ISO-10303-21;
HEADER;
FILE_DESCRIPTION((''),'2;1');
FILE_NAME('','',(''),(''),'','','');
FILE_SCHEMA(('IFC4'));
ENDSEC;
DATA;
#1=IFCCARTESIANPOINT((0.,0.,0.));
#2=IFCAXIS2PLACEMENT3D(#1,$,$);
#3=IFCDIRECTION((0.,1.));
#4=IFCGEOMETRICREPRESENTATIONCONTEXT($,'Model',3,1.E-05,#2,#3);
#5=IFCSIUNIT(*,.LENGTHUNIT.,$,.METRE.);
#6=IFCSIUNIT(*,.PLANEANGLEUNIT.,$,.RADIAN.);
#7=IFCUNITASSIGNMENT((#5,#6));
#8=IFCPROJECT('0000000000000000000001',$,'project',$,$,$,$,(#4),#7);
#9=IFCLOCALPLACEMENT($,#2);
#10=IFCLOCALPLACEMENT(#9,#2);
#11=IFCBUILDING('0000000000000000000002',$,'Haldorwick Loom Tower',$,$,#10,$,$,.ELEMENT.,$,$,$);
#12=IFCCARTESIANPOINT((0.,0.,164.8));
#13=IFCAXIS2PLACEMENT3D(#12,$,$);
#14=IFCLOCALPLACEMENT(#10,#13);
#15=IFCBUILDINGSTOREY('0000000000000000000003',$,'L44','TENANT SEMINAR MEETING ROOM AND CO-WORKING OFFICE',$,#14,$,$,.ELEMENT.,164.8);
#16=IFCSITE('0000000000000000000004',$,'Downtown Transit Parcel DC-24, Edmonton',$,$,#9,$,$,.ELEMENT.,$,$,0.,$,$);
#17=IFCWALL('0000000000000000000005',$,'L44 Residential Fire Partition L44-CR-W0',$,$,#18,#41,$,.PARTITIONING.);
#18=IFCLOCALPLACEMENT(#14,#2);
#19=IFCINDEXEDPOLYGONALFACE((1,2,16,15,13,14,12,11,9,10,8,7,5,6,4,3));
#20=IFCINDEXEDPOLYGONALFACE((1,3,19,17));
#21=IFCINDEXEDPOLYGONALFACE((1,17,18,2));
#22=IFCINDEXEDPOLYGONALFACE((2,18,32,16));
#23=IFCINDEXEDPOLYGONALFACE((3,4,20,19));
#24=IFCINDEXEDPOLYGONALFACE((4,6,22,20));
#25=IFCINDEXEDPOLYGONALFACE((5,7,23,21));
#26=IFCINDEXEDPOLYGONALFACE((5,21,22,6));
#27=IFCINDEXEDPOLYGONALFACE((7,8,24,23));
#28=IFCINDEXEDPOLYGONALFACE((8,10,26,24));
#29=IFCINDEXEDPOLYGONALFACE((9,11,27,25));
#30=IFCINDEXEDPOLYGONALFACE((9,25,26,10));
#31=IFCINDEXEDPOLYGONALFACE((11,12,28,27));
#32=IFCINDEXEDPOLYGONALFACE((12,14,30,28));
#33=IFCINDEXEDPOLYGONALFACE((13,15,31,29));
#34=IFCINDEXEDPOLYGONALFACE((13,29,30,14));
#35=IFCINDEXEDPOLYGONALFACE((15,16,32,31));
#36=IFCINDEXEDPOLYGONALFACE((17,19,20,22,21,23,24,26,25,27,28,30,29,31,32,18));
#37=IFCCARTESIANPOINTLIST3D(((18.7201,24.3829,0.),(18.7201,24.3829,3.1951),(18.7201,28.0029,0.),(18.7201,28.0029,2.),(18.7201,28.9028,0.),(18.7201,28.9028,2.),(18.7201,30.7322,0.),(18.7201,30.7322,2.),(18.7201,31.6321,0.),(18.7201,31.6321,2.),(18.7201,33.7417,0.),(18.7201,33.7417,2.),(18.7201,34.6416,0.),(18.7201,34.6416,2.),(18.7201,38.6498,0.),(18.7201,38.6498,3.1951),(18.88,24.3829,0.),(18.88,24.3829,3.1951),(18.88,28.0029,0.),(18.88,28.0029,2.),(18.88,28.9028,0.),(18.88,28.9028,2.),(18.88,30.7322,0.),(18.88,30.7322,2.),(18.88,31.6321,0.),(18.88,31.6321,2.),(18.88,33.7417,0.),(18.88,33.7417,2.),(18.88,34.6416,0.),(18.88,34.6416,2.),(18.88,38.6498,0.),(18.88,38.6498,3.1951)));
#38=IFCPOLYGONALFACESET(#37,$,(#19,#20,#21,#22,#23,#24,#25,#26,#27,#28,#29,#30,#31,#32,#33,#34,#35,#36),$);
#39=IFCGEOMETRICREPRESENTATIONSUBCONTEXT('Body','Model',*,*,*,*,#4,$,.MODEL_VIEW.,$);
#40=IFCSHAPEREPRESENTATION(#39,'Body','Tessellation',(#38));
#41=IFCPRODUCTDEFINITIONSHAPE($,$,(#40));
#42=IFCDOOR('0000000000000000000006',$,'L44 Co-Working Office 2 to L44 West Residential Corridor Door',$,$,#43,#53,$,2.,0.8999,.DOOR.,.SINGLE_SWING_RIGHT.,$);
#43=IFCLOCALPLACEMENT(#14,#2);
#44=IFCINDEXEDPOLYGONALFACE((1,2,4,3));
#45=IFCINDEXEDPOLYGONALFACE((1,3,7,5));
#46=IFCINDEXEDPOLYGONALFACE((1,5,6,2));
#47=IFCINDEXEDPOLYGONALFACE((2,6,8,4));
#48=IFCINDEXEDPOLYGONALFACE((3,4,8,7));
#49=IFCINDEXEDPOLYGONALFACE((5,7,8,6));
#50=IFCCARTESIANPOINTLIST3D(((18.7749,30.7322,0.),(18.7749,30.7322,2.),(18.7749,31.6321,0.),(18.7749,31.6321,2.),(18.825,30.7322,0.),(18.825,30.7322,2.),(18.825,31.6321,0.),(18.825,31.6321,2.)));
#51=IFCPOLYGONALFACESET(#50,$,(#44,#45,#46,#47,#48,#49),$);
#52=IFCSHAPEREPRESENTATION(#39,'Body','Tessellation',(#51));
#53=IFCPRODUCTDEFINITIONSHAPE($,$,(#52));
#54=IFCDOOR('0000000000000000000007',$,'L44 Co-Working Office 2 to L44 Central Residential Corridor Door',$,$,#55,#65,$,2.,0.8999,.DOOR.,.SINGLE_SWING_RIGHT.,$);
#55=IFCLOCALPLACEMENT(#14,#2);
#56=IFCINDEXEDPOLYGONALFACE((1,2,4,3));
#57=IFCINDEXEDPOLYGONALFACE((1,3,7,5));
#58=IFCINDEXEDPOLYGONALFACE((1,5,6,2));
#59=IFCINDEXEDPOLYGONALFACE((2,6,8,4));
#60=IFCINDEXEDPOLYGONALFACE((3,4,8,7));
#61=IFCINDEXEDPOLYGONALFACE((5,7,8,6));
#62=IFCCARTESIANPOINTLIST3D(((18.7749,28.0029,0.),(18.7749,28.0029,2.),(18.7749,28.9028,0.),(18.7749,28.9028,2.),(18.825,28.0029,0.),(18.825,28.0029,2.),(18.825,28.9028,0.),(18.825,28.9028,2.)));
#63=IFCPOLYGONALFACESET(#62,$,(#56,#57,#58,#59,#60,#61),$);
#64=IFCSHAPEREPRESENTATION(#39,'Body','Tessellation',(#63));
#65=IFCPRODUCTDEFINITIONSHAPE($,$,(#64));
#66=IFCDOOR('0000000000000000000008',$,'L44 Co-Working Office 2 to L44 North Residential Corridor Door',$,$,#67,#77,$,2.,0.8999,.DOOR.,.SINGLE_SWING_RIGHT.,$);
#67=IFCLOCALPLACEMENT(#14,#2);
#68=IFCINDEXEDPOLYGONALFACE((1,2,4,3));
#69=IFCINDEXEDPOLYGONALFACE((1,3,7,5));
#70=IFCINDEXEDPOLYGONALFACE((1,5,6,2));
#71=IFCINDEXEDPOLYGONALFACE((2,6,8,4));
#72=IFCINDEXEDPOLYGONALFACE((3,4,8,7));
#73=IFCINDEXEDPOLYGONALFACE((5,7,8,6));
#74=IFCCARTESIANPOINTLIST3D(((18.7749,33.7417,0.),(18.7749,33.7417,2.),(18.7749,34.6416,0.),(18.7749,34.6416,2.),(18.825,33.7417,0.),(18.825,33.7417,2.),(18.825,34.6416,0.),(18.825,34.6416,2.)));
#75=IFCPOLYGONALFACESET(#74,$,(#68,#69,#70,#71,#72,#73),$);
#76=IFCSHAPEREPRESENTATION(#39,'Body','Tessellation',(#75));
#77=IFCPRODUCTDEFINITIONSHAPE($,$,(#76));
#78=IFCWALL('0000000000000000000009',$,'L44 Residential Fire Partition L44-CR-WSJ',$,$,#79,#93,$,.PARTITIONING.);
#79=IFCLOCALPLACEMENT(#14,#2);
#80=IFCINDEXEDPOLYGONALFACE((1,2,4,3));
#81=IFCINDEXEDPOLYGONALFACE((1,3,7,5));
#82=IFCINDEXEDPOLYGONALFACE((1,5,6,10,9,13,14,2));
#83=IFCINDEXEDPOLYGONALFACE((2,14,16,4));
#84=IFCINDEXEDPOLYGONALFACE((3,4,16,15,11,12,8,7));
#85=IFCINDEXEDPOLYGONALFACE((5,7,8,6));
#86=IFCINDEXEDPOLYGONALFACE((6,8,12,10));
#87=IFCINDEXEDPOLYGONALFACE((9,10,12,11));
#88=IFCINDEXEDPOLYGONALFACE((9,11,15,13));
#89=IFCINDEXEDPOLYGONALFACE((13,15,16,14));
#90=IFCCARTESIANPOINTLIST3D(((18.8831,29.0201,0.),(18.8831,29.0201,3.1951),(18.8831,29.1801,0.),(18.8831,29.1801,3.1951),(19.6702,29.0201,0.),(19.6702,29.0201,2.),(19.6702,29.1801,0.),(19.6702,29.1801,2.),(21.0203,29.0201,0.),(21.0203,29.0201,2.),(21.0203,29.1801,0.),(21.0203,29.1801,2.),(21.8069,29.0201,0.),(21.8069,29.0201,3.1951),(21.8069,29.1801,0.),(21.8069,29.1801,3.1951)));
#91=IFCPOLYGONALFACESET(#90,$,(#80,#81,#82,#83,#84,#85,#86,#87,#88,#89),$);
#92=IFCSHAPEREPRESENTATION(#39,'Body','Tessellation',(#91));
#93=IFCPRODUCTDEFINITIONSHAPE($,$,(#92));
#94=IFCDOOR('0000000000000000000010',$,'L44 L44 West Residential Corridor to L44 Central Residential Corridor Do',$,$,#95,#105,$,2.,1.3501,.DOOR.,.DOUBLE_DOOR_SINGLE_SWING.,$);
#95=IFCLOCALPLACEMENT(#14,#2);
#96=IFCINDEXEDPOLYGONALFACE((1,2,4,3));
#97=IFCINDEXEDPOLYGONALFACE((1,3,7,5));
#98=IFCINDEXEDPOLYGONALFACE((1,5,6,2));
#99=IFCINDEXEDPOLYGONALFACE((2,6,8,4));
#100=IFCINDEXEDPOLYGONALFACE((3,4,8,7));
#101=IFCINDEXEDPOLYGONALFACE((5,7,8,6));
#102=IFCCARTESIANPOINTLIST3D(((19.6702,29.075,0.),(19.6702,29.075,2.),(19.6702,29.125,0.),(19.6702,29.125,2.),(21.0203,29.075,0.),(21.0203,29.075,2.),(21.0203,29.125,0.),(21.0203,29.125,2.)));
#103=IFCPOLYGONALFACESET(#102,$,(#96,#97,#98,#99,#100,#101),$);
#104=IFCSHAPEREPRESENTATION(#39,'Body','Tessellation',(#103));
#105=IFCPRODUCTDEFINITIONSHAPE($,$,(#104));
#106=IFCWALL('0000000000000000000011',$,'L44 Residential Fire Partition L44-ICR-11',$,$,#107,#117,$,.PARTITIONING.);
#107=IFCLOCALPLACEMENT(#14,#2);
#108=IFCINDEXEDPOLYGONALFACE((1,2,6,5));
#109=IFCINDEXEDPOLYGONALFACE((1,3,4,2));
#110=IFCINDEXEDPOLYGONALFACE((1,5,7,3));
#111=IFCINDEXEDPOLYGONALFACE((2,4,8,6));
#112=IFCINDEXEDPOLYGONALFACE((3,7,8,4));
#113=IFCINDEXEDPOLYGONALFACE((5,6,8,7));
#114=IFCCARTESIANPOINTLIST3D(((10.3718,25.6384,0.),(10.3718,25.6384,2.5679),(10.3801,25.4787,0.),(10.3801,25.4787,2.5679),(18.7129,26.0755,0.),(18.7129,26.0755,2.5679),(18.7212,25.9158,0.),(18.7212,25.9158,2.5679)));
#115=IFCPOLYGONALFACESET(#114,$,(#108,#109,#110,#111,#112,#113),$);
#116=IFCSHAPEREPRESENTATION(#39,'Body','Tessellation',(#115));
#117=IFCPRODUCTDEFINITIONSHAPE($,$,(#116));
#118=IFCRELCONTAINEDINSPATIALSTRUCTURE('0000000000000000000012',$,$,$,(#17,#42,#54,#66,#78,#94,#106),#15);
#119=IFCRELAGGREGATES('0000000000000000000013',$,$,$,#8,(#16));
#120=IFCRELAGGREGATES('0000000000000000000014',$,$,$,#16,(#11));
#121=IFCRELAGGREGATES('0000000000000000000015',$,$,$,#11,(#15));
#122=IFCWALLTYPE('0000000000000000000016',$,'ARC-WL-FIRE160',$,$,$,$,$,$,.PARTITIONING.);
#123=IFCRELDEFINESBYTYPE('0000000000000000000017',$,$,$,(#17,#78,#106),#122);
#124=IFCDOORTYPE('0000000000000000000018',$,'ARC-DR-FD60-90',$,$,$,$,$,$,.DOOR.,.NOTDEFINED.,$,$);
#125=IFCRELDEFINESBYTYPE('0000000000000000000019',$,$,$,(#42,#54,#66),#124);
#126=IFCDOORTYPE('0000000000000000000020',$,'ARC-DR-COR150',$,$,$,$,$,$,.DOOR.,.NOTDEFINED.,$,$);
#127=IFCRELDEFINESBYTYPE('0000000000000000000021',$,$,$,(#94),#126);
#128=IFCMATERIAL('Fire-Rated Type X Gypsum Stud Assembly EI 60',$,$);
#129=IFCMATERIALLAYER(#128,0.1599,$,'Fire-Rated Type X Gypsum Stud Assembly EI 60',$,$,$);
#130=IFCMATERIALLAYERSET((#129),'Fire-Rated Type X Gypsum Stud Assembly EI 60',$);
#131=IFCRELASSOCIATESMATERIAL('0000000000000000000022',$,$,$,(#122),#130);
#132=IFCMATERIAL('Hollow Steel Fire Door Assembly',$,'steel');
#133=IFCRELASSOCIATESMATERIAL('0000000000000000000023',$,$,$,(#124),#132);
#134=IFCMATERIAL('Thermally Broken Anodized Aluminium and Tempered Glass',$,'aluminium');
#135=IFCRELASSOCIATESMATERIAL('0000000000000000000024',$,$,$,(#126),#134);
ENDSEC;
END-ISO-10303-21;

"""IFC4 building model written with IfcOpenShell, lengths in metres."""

from ifc_helpers import new_model, si_unit, direction, frame, frame_2d, origin, place, context, subcontext, project, spatial, rectangle, extrude, material, layer, layer_set, type_object, element, fill, save


model = new_model("IFC4")

# Units and contexts
model_context = context("Model", 3, precision=1e-05, world=origin(), true_north=direction((0.0, 1.0)))
body_context = subcontext(model_context, "Body", "Model", "MODEL_VIEW")
ifc_project = project(units=[si_unit("LENGTHUNIT", "METRE"), si_unit("PLANEANGLEUNIT", "RADIAN")], contexts=[model_context])

# Site, building, storey
site_placement = place(None, origin())
site = spatial("IfcSite", under=ifc_project, at=site_placement, Name="Downtown Transit Parcel DC-24, Edmonton", CompositionType="ELEMENT", RefElevation=0.0)
building_placement = place(site_placement, origin())
building = spatial("IfcBuilding", under=site, at=building_placement, Name="Haldorwick Loom Tower", CompositionType="ELEMENT")
storey_placement = place(building_placement, frame((0.0, 0.0, 164.8)))
storey = spatial("IfcBuildingStorey", under=building, at=storey_placement, Name="L44", Description="TENANT SEMINAR MEETING ROOM AND CO-WORKING OFFICE", CompositionType="ELEMENT", Elevation=164.8)

# Wall, openings, doors
ifc_material_1 = material(Name="Fire-Rated Type X Gypsum Stud Assembly EI 60")
ifc_layer_1 = layer(ifc_material_1, 0.1599, Name="Fire-Rated Type X Gypsum Stud Assembly EI 60")
ifc_layer_set_1 = layer_set([ifc_layer_1], Name="Fire-Rated Type X Gypsum Stud Assembly EI 60")
wall_type_1 = type_object("IfcWallType", Name="ARC-WL-FIRE160", PredefinedType="PARTITIONING", material=ifc_layer_set_1)
ifc_material_2 = material(Name="Hollow Steel Fire Door Assembly", Category="steel")
door_type_1 = type_object("IfcDoorType", Name="ARC-DR-FD60-90", OperationType="NOTDEFINED", PredefinedType="DOOR", material=ifc_material_2)
wall_1_placement = place(storey_placement, frame((18.8, 24.3831, 0.0), z_axis=(0.0, 0.0, 1.0), x_axis=(0.0, 1.0, 0.0)))
wall_1 = element("IfcWall", 1, at=wall_1_placement, inside=storey, type_object=wall_type_1, Name="L44 Residential Fire Partition L44-CR-W0", PredefinedType="PARTITIONING", context=body_context, shape_type="SweptSolid", body=[
    extrude(rectangle(XDim=14.2668, YDim=0.1599, at=frame_2d((7.1333, 0.0))), origin(), (0.0, 0.0, 1.0), 3.1951),
])
opening_1_placement = place(wall_1_placement, frame((6.3491, 0.0, 0.0)))
opening_1 = element("IfcOpeningElement", 2, at=opening_1_placement, cuts=wall_1, PredefinedType="OPENING", context=body_context, shape_type="SweptSolid", body=[
    extrude(rectangle(XDim=0.8999, YDim=2.0, at=frame_2d((0.45, 1.0))), frame((0.0, 0.0898, 0.0), z_axis=(0.0, -1.0, 0.0), x_axis=(1.0, 0.0, 0.0)), (0.0, 0.0, 1.0), 0.1799),
])
opening_2_placement = place(wall_1_placement, frame((3.6199, 0.0, 0.0)))
opening_2 = element("IfcOpeningElement", 3, at=opening_2_placement, cuts=wall_1, PredefinedType="OPENING", context=body_context, shape_type="SweptSolid", body=[
    extrude(rectangle(XDim=0.8999, YDim=2.0, at=frame_2d((0.45, 1.0))), frame((0.0, 0.0898, 0.0), z_axis=(0.0, -1.0, 0.0), x_axis=(1.0, 0.0, 0.0)), (0.0, 0.0, 1.0), 0.1799),
])
opening_3_placement = place(wall_1_placement, frame((9.3586, 0.0, 0.0)))
opening_3 = element("IfcOpeningElement", 4, at=opening_3_placement, cuts=wall_1, PredefinedType="OPENING", context=body_context, shape_type="SweptSolid", body=[
    extrude(rectangle(XDim=0.8999, YDim=2.0, at=frame_2d((0.45, 1.0))), frame((0.0, 0.0898, 0.0), z_axis=(0.0, -1.0, 0.0), x_axis=(1.0, 0.0, 0.0)), (0.0, 0.0, 1.0), 0.1799),
])
door_1_placement = place(opening_1_placement, frame((0.8999, 0.0, 0.0), z_axis=(0.0, 0.0, 1.0), x_axis=(-1.0, 0.0, 0.0)))
door_1 = element("IfcDoor", 5, at=door_1_placement, inside=storey, type_object=door_type_1, Name="L44 Co-Working Office 2 to L44 West Residential Corridor Door", OperationType="SINGLE_SWING_RIGHT", OverallHeight=2.0, OverallWidth=0.8999, PredefinedType="DOOR", context=body_context, shape_type="SweptSolid", body=[
    extrude(rectangle(XDim=0.8999, YDim=2.0, at=frame_2d((0.45, 1.0))), frame((0.0, 0.0249, 0.0), z_axis=(0.0, -1.0, 0.0), x_axis=(1.0, 0.0, 0.0)), (0.0, 0.0, 1.0), 0.05),
])
fill(opening_1, door_1)
door_2_placement = place(opening_2_placement, frame((0.8999, 0.0, 0.0), z_axis=(0.0, 0.0, 1.0), x_axis=(-1.0, 0.0, 0.0)))
door_2 = element("IfcDoor", 6, at=door_2_placement, inside=storey, type_object=door_type_1, Name="L44 Co-Working Office 2 to L44 Central Residential Corridor Door", OperationType="SINGLE_SWING_RIGHT", OverallHeight=2.0, OverallWidth=0.8999, PredefinedType="DOOR", context=body_context, shape_type="SweptSolid", body=[
    extrude(rectangle(XDim=0.8999, YDim=2.0, at=frame_2d((0.45, 1.0))), frame((0.0, 0.0249, 0.0), z_axis=(0.0, -1.0, 0.0), x_axis=(1.0, 0.0, 0.0)), (0.0, 0.0, 1.0), 0.05),
])
fill(opening_2, door_2)
door_3_placement = place(opening_3_placement, frame((0.8999, 0.0, 0.0), z_axis=(0.0, 0.0, 1.0), x_axis=(-1.0, 0.0, 0.0)))
door_3 = element("IfcDoor", 7, at=door_3_placement, inside=storey, type_object=door_type_1, Name="L44 Co-Working Office 2 to L44 North Residential Corridor Door", OperationType="SINGLE_SWING_RIGHT", OverallHeight=2.0, OverallWidth=0.8999, PredefinedType="DOOR", context=body_context, shape_type="SweptSolid", body=[
    extrude(rectangle(XDim=0.8999, YDim=2.0, at=frame_2d((0.45, 1.0))), frame((0.0, 0.0249, 0.0), z_axis=(0.0, -1.0, 0.0), x_axis=(1.0, 0.0, 0.0)), (0.0, 0.0, 1.0), 0.05),
])
fill(opening_3, door_3)

# Wall, opening, door
wall_2_placement = place(storey_placement, frame((18.8831, 29.1001, 0.0), z_axis=(0.0, 0.0, 1.0), x_axis=(1.0, 0.0, 0.0)))
wall_2 = element("IfcWall", 8, at=wall_2_placement, inside=storey, type_object=wall_type_1, Name="L44 Residential Fire Partition L44-CR-WSJ", PredefinedType="PARTITIONING", context=body_context, shape_type="SweptSolid", body=[
    extrude(rectangle(XDim=2.9238, YDim=0.1599, at=frame_2d((1.4619, 0.0))), origin(), (0.0, 0.0, 1.0), 3.1951),
])
opening_4_placement = place(wall_2_placement, frame((0.7871, 0.0, 0.0)))
opening_4 = element("IfcOpeningElement", 9, at=opening_4_placement, cuts=wall_2, PredefinedType="OPENING", context=body_context, shape_type="SweptSolid", body=[
    extrude(rectangle(XDim=1.3501, YDim=2.0, at=frame_2d((0.675, 1.0))), frame((0.0, 0.0898, 0.0), z_axis=(0.0, -1.0, 0.0), x_axis=(1.0, 0.0, 0.0)), (0.0, 0.0, 1.0), 0.1799),
])
ifc_material_3 = material(Name="Thermally Broken Anodized Aluminium and Tempered Glass", Category="aluminium")
door_type_2 = type_object("IfcDoorType", Name="ARC-DR-COR150", OperationType="NOTDEFINED", PredefinedType="DOOR", material=ifc_material_3)
door_4_placement = place(opening_4_placement, origin())
door_4 = element("IfcDoor", 10, at=door_4_placement, inside=storey, type_object=door_type_2, Name="L44 L44 West Residential Corridor to L44 Central Residential Corridor Do", OperationType="DOUBLE_DOOR_SINGLE_SWING", OverallHeight=2.0, OverallWidth=1.3501, PredefinedType="DOOR", context=body_context, shape_type="SweptSolid", body=[
    extrude(rectangle(XDim=1.3501, YDim=2.0, at=frame_2d((0.675, 1.0))), frame((0.0, 0.0249, 0.0), z_axis=(0.0, -1.0, 0.0), x_axis=(1.0, 0.0, 0.0)), (0.0, 0.0, 1.0), 0.05),
])
fill(opening_4, door_4)

# Wall
wall_3_placement = place(storey_placement, frame((18.717, 25.9956, 0.0), z_axis=(0.0, 0.0, 1.0), x_axis=(-0.99863, -0.052321, 0.0)))
element("IfcWall", 11, at=wall_3_placement, inside=storey, type_object=wall_type_1, Name="L44 Residential Fire Partition L44-ICR-11", PredefinedType="PARTITIONING", context=body_context, shape_type="SweptSolid", body=[
    extrude(rectangle(XDim=8.3525, YDim=0.1599, at=frame_2d((4.1763, 0.0))), origin(), (0.0, 0.0, 1.0), 2.5679),
])

save(model, "model.ifc")
